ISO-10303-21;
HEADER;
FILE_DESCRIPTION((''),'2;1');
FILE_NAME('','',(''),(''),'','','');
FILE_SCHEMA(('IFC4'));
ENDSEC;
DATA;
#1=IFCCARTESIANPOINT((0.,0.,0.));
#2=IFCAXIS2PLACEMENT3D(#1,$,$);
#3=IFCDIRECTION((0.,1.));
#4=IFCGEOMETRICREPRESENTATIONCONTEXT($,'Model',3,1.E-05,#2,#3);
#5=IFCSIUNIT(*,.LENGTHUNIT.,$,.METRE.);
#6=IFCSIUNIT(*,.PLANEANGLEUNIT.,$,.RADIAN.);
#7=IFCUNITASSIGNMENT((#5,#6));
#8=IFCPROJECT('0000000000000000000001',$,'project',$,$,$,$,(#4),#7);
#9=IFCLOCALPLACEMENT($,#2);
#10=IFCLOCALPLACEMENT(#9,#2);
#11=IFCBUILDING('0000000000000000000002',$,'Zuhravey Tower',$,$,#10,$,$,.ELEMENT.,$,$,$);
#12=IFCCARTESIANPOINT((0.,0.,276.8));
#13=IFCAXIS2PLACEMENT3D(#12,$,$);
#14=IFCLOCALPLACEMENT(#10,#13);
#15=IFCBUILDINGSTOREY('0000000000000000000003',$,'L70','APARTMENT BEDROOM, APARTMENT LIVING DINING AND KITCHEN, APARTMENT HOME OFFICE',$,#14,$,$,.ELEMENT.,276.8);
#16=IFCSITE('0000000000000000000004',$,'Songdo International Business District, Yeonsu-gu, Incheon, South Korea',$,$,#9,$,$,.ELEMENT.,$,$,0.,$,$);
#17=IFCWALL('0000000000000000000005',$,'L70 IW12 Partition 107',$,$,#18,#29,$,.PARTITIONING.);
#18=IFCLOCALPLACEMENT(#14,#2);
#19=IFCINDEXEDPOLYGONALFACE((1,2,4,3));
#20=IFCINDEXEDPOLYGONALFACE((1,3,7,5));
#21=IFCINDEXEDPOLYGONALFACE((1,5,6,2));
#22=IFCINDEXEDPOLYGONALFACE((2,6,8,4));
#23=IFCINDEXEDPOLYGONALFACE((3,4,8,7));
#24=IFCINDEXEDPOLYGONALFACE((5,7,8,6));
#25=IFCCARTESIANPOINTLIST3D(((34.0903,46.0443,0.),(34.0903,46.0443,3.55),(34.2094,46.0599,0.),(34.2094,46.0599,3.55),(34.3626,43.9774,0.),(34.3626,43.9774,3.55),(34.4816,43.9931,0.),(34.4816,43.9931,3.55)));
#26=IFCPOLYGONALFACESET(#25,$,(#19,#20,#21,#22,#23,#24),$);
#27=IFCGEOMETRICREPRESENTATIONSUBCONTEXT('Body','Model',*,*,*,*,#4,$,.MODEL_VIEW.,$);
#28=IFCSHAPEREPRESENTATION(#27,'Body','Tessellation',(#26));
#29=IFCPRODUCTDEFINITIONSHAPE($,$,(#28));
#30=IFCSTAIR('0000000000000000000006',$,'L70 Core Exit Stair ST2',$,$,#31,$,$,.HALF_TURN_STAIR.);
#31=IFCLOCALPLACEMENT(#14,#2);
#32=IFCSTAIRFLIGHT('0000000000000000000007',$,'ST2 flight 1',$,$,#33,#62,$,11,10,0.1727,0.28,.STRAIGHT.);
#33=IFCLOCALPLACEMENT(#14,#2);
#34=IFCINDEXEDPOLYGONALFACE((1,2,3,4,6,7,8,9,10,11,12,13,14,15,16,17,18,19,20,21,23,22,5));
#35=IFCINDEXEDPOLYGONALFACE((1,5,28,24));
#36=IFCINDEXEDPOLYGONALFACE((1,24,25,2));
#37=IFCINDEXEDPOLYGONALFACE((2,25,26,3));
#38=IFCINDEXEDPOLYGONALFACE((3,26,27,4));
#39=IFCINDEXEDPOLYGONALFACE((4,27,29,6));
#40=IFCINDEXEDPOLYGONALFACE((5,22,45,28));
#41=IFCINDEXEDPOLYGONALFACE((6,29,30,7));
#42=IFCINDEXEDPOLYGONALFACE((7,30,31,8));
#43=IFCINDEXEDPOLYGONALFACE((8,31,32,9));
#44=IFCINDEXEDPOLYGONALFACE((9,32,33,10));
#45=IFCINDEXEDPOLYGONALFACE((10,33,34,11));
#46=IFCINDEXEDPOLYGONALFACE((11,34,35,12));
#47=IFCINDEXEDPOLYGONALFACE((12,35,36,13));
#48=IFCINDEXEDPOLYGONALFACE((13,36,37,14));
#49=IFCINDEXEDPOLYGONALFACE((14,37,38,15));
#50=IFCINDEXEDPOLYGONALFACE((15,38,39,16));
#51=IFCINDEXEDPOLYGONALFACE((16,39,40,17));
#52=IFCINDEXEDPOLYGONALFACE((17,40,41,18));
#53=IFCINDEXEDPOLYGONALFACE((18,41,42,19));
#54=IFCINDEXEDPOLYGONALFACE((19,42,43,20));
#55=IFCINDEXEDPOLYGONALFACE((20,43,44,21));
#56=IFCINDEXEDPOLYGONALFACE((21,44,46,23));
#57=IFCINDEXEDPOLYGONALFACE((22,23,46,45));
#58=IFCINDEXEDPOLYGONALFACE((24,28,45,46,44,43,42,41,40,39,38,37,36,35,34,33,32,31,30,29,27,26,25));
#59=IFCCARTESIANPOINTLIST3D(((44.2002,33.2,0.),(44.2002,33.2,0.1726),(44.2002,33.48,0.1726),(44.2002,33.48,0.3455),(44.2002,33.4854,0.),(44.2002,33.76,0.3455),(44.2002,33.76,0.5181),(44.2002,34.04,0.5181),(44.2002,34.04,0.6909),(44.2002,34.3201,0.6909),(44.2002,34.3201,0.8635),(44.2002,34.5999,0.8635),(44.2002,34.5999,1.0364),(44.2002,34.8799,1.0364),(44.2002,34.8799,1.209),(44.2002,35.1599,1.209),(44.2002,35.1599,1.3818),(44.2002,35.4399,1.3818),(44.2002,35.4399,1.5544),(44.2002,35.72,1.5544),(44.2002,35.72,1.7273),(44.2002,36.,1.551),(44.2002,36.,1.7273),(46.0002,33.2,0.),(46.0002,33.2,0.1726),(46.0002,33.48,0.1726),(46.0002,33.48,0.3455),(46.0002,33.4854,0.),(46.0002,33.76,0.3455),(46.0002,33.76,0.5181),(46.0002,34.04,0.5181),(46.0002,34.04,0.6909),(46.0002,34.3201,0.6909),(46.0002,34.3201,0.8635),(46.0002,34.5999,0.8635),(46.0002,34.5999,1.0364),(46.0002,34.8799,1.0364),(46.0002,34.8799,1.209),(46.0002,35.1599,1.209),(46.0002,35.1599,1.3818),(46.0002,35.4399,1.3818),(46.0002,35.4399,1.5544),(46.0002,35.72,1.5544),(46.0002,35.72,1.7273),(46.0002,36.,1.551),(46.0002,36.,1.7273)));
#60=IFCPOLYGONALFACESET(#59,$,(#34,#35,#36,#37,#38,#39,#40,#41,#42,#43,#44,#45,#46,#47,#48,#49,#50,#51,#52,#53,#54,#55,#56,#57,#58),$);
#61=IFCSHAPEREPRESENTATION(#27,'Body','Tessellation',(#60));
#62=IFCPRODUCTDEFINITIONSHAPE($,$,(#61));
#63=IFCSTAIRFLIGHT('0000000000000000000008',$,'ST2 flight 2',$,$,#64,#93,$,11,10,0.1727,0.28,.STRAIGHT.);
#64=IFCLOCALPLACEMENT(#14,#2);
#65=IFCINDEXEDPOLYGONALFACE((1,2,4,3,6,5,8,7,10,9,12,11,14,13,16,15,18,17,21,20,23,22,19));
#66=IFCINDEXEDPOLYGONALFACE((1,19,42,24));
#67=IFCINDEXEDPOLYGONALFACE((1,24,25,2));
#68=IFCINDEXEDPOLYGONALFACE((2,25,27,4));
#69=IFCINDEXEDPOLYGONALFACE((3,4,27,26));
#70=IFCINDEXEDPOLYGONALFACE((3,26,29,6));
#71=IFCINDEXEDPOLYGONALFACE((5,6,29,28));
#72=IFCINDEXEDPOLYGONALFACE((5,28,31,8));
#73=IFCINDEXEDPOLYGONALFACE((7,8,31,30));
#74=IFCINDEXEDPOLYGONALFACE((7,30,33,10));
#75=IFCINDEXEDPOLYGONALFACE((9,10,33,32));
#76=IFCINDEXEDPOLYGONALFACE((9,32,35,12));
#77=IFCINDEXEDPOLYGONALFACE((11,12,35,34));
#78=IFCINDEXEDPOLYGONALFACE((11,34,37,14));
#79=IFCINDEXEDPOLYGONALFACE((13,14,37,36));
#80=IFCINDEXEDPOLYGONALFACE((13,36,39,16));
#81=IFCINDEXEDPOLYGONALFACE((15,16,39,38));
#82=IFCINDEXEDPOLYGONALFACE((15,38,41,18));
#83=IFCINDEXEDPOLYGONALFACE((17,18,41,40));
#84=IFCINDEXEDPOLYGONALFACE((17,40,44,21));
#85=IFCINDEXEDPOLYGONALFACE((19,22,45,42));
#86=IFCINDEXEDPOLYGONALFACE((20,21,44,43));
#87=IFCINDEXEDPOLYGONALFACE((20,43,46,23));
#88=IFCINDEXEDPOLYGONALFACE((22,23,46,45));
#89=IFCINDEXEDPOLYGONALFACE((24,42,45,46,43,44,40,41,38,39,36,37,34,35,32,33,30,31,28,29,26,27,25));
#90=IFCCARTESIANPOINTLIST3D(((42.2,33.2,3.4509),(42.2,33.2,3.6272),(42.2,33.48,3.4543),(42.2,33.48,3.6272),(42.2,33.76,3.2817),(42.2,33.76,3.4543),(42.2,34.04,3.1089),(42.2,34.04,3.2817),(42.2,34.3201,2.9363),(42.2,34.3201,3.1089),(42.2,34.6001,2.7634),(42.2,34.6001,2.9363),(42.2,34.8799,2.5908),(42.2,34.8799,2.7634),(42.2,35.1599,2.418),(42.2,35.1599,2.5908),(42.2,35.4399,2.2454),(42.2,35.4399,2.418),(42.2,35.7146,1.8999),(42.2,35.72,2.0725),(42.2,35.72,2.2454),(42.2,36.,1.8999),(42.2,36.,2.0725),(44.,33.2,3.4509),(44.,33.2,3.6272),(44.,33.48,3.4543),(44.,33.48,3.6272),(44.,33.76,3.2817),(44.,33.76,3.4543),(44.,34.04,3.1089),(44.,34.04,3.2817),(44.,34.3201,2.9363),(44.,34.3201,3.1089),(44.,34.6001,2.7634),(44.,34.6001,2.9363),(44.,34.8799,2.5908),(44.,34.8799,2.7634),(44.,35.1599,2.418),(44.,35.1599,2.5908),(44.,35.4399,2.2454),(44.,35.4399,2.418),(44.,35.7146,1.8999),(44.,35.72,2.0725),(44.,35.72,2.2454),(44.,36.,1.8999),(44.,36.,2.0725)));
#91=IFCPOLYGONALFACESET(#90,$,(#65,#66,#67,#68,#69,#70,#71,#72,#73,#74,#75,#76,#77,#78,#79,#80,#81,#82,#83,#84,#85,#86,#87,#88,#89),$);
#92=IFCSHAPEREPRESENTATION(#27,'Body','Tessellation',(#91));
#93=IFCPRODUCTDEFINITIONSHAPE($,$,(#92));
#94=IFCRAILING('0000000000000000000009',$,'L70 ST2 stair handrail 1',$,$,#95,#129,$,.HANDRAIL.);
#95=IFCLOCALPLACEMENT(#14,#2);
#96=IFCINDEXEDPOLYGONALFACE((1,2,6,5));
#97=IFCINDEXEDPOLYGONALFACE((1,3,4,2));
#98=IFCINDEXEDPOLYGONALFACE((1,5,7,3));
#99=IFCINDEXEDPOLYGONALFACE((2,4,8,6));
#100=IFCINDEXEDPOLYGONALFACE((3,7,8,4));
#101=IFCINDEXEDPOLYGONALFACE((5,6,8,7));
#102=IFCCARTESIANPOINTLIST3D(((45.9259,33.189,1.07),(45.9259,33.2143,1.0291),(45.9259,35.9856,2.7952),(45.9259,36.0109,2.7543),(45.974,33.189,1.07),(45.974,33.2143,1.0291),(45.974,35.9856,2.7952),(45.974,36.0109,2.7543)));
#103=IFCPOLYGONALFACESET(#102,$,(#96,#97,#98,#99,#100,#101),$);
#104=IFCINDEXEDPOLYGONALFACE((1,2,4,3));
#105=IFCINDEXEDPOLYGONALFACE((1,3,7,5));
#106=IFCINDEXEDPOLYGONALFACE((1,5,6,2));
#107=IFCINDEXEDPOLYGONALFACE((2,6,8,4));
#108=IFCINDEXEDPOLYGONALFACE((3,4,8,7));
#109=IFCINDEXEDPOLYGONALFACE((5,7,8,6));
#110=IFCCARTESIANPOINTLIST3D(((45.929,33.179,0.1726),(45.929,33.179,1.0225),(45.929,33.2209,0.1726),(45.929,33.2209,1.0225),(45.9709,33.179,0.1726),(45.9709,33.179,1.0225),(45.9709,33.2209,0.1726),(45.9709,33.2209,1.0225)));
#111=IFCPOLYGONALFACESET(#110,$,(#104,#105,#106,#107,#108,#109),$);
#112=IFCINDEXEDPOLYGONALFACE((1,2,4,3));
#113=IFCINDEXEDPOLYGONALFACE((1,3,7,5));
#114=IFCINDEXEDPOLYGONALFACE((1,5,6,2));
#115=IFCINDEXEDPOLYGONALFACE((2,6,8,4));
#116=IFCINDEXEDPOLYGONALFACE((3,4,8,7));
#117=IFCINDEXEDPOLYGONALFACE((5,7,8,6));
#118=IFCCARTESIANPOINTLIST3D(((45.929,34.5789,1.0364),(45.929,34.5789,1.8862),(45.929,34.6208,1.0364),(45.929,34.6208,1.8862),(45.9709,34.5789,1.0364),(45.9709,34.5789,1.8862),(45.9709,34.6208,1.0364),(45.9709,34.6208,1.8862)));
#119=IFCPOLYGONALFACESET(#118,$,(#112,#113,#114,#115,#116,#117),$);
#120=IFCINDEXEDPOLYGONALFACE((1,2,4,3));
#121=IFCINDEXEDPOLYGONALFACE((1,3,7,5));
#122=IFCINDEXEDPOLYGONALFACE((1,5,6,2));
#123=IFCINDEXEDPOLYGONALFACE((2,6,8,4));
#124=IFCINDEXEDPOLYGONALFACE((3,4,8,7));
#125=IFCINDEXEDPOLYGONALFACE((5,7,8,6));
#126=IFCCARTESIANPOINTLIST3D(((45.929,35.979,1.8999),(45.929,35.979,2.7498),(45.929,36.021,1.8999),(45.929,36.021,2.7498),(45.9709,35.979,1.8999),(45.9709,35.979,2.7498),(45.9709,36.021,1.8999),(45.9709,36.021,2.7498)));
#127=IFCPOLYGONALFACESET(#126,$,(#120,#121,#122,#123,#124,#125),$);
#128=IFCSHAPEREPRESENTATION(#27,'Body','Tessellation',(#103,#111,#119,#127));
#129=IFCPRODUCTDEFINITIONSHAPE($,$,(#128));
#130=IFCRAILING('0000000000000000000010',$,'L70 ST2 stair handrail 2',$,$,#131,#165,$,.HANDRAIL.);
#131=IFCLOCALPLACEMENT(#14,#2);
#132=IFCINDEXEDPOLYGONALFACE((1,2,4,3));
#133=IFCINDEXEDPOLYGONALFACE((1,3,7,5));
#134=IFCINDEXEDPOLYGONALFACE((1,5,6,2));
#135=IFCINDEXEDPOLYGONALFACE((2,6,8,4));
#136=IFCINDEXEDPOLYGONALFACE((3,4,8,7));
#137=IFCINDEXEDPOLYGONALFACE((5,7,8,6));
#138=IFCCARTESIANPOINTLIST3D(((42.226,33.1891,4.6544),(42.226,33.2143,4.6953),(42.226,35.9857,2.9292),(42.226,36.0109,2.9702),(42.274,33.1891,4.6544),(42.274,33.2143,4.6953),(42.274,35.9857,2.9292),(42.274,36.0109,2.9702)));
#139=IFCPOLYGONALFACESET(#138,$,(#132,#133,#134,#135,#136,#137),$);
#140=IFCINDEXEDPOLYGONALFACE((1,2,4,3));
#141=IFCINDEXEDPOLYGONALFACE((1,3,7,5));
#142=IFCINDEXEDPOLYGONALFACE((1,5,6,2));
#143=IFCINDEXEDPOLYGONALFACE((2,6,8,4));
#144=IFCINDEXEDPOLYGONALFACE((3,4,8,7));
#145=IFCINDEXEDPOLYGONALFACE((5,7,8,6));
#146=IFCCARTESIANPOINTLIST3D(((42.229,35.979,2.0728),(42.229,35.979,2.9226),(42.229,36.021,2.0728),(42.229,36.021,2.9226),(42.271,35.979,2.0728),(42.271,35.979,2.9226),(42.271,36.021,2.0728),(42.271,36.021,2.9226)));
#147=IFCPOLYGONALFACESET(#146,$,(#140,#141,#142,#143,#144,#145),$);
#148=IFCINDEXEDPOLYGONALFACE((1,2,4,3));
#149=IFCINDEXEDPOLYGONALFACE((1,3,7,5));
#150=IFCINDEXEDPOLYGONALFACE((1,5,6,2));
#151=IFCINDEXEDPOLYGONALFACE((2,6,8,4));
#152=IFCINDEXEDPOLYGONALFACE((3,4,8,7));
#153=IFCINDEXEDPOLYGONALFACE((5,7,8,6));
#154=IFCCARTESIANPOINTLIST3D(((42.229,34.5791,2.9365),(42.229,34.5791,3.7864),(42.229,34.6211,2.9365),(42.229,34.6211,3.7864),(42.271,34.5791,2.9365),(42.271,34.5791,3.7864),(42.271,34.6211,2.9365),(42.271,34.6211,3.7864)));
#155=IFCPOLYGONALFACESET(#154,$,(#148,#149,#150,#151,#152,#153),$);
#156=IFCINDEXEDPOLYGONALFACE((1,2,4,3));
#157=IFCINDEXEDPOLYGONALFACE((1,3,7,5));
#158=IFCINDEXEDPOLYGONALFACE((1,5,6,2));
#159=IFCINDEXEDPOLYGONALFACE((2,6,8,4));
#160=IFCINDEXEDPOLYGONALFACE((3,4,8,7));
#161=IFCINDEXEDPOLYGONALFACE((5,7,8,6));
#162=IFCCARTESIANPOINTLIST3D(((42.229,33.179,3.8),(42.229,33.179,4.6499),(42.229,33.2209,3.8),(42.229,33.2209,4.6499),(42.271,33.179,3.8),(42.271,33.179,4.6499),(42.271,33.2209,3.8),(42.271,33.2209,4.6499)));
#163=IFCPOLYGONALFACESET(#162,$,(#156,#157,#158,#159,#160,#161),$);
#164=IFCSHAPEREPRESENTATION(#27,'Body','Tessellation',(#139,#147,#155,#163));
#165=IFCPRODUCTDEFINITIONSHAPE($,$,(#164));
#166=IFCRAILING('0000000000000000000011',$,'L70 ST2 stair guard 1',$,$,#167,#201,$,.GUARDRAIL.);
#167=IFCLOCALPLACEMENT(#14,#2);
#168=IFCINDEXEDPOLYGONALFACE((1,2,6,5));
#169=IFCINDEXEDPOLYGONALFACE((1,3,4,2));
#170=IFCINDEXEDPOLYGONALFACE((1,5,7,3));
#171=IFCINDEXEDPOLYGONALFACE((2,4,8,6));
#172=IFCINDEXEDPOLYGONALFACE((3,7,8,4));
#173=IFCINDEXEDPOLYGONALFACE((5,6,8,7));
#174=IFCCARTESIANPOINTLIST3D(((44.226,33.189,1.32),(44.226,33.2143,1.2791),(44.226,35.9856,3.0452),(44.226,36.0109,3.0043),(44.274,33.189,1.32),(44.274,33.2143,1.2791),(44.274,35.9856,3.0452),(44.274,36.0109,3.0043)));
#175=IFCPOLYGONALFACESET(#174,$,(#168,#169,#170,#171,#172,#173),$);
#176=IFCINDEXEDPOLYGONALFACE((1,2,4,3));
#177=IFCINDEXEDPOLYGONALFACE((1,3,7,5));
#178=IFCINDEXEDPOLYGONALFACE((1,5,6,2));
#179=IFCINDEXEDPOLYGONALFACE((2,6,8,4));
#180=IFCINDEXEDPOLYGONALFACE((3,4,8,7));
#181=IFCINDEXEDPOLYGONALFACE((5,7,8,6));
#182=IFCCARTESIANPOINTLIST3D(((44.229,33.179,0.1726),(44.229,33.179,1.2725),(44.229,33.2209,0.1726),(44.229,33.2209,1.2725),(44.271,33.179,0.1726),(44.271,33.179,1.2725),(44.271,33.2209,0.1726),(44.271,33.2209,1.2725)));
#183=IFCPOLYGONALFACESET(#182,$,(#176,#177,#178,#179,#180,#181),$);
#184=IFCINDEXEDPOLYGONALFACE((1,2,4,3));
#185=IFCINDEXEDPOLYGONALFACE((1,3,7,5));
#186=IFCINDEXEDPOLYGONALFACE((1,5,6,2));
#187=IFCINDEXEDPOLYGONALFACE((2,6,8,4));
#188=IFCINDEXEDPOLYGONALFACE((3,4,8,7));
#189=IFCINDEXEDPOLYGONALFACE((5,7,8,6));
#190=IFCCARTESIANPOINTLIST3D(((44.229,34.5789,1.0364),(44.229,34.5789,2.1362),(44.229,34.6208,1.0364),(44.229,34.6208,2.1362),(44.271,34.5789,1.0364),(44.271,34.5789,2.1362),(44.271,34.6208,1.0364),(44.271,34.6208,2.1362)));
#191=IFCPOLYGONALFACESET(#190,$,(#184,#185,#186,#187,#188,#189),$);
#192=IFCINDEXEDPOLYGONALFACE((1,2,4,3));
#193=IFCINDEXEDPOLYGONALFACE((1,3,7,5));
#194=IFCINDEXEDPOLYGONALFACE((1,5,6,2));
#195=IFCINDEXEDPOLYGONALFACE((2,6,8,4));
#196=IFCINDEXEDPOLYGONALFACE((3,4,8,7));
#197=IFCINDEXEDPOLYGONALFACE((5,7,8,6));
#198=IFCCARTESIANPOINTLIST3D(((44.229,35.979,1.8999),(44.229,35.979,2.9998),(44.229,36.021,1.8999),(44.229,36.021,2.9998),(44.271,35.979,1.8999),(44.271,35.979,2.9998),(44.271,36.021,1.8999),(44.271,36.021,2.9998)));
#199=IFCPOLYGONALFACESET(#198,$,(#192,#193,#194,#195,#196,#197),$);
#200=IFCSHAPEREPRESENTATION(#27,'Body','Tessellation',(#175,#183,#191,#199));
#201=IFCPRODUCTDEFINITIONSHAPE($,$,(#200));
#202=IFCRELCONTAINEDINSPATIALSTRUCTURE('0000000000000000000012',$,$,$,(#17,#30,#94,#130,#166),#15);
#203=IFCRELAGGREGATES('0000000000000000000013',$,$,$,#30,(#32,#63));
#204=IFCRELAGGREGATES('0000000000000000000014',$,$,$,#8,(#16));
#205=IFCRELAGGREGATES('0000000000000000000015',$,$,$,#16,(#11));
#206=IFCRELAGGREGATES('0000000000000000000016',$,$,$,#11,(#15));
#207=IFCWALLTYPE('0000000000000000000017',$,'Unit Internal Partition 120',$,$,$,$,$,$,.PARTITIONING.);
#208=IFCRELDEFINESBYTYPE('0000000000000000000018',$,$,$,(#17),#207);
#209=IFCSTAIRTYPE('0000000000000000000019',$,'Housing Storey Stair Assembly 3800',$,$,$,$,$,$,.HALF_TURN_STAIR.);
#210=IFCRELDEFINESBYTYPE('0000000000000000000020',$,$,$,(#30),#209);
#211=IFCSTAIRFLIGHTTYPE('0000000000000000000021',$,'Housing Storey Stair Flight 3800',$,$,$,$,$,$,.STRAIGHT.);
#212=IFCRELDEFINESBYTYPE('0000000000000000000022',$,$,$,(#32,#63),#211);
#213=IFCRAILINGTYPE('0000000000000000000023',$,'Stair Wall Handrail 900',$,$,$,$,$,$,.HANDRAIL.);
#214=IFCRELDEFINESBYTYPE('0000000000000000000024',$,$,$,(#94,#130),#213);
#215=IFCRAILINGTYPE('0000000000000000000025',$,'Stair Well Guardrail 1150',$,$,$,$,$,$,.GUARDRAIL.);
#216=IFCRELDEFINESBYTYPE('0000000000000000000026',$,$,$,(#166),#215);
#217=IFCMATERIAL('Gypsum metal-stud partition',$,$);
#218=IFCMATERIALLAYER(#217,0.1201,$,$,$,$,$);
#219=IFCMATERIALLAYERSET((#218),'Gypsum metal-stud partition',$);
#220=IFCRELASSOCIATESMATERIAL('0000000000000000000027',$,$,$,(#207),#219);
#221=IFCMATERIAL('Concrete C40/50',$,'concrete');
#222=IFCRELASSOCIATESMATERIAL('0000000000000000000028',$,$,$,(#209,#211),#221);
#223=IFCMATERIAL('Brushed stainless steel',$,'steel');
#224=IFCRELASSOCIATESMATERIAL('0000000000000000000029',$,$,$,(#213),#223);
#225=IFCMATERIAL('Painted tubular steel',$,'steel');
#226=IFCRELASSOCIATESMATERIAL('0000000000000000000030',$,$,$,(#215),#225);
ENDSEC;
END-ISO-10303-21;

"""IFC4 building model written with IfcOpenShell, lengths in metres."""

from ifc_helpers import new_model, si_unit, direction, frame, frame_2d, origin, origin_2d, place, context, subcontext, project, spatial, polyline, rectangle, outline, extrude, material, layer, layer_set, type_object, element, aggregate, save


model = new_model("IFC4")

# Units and contexts
model_context = context("Model", 3, precision=1e-05, world=origin(), true_north=direction((0.0, 1.0)))
body_context = subcontext(model_context, "Body", "Model", "MODEL_VIEW")
ifc_project = project(units=[si_unit("LENGTHUNIT", "METRE"), si_unit("PLANEANGLEUNIT", "RADIAN")], contexts=[model_context])

# Site, building, storey
site_placement = place(None, origin())
site = spatial("IfcSite", under=ifc_project, at=site_placement, Name="Songdo International Business District, Yeonsu-gu, Incheon, South Korea", CompositionType="ELEMENT", RefElevation=0.0)
building_placement = place(site_placement, origin())
building = spatial("IfcBuilding", under=site, at=building_placement, Name="Zuhravey Tower", CompositionType="ELEMENT")
storey_placement = place(building_placement, frame((0.0, 0.0, 276.8)))
storey = spatial("IfcBuildingStorey", under=building, at=storey_placement, Name="L70", Description="APARTMENT BEDROOM, APARTMENT LIVING DINING AND KITCHEN, APARTMENT HOME OFFICE", CompositionType="ELEMENT", Elevation=276.8)

# Wall
ifc_material_1 = material(Name="Gypsum metal-stud partition")
ifc_layer_1 = layer(ifc_material_1, 0.1201)
ifc_layer_set_1 = layer_set([ifc_layer_1], Name="Gypsum metal-stud partition")
wall_type_1 = type_object("IfcWallType", Name="Unit Internal Partition 120", PredefinedType="PARTITIONING", material=ifc_layer_set_1)
wall_1_placement = place(storey_placement, frame((34.4221, 43.9851, 0.0), z_axis=(0.0, 0.0, 1.0), x_axis=(-0.130576, 0.991438, 0.0)))
element("IfcWall", 1, at=wall_1_placement, inside=storey, type_object=wall_type_1, Name="L70 IW12 Partition 107", PredefinedType="PARTITIONING", context=body_context, shape_type="SweptSolid", body=[
    extrude(rectangle(XDim=2.0847, YDim=0.1201, at=frame_2d((1.0425, 0.0))), origin(), (0.0, 0.0, 1.0), 3.55),
])

# Stair, stair flights
ifc_material_2 = material(Name="Concrete C40/50", Category="concrete")
stair_type = type_object("IfcStairType", Name="Housing Storey Stair Assembly 3800", PredefinedType="HALF_TURN_STAIR", material=ifc_material_2)
stair_placement = place(storey_placement, origin())
stair = element("IfcStair", 2, at=stair_placement, inside=storey, type_object=stair_type, Name="L70 Core Exit Stair ST2", PredefinedType="HALF_TURN_STAIR")
stair_flight_type = type_object("IfcStairFlightType", Name="Housing Storey Stair Flight 3800", PredefinedType="STRAIGHT", material=ifc_material_2)
stair_flight_1_placement = place(storey_placement, frame((45.1001, 33.2, 0.0), z_axis=(0.0, 0.0, 1.0), x_axis=(0.0, 1.0, 0.0)))
stair_flight_1 = element("IfcStairFlight", 3, at=stair_flight_1_placement, type_object=stair_flight_type, Name="ST2 flight 1", NumberOfRisers=11, NumberOfTreads=10, PredefinedType="STRAIGHT", RiserHeight=0.1727, TreadLength=0.28, context=body_context, shape_type="SweptSolid", body=[
    extrude(outline(polyline([(0.0, 0.0), (0.0, 0.1726), (0.28, 0.1726), (0.28, 0.3455), (0.5601, 0.3455), (0.5601, 0.5181), (0.8401, 0.5181), (0.8401, 0.6909), (1.1201, 0.6909), (1.1201, 0.8635), (1.3999, 0.8635), (1.3999, 1.0364), (1.6799, 1.0364), (1.6799, 1.209), (1.96, 1.209), (1.96, 1.3818), (2.24, 1.3818), (2.24, 1.5544), (2.52, 1.5544), (2.52, 1.7273), (2.8, 1.7273), (2.8, 1.8999), (2.8, 1.551), (0.2854, 0.0), (0.0, 0.0)])), frame((0.0, 0.8999, 0.0), z_axis=(0.0, -1.0, 0.0), x_axis=(1.0, 0.0, 0.0)), (0.0, 0.0, 1.0), 1.8),
])
stair_flight_2_placement = place(storey_placement, frame((43.1001, 36.0, 1.8999), z_axis=(0.0, 0.0, 1.0), x_axis=(0.0, -1.0, 0.0)))
stair_flight_2 = element("IfcStairFlight", 4, at=stair_flight_2_placement, type_object=stair_flight_type, Name="ST2 flight 2", NumberOfRisers=11, NumberOfTreads=10, PredefinedType="STRAIGHT", RiserHeight=0.1727, TreadLength=0.28, context=body_context, shape_type="SweptSolid", body=[
    extrude(outline(polyline([(0.0, 0.0), (0.0, 0.1726), (0.28, 0.1726), (0.28, 0.3455), (0.5601, 0.3455), (0.5601, 0.5181), (0.8401, 0.5181), (0.8401, 0.6909), (1.1201, 0.6909), (1.1201, 0.8635), (1.3999, 0.8635), (1.3999, 1.0364), (1.6799, 1.0364), (1.6799, 1.209), (1.96, 1.209), (1.96, 1.3818), (2.24, 1.3818), (2.24, 1.5544), (2.52, 1.5544), (2.52, 1.7273), (2.8, 1.7273), (2.8, 1.8999), (2.8, 1.551), (0.2854, 0.0), (0.0, 0.0)])), frame((0.0, 0.8999, 0.0), z_axis=(0.0, -1.0, 0.0), x_axis=(1.0, 0.0, 0.0)), (0.0, 0.0, 1.0), 1.8),
])
aggregate(stair, [stair_flight_1, stair_flight_2])

# Railings
ifc_material_3 = material(Name="Brushed stainless steel", Category="steel")
railing_type_1 = type_object("IfcRailingType", Name="Stair Wall Handrail 900", PredefinedType="HANDRAIL", material=ifc_material_3)
railing_1_placement = place(storey_placement, frame((45.95, 33.2, 0.1726)))
element("IfcRailing", 5, at=railing_1_placement, inside=storey, type_object=railing_type_1, Name="L70 ST2 stair handrail 1", PredefinedType="HANDRAIL", context=body_context, shape_type="SweptSolid", body=[
    extrude(rectangle(XDim=0.0481, YDim=0.0481, at=origin_2d()), frame((0.0, 0.0017, 0.877), z_axis=(0.0, 0.85109, 0.52502), x_axis=(-1.0, 0.0, 0.0)), (0.0, 0.0, 1.0), 3.2859),
    extrude(rectangle(XDim=0.042, YDim=0.042, at=origin_2d()), origin(), (0.0, 0.0, 1.0), 0.8499),
    extrude(rectangle(XDim=0.042, YDim=0.042, at=origin_2d()), frame((0.0, 1.3999, 0.8638)), (0.0, 0.0, 1.0), 0.8499),
    extrude(rectangle(XDim=0.042, YDim=0.042, at=origin_2d()), frame((0.0, 2.8, 1.7273)), (0.0, 0.0, 1.0), 0.8499),
])
railing_2_placement = place(storey_placement, frame((42.25, 36.0, 2.0728)))
element("IfcRailing", 6, at=railing_2_placement, inside=storey, type_object=railing_type_1, Name="L70 ST2 stair handrail 2", PredefinedType="HANDRAIL", context=body_context, shape_type="SweptSolid", body=[
    extrude(rectangle(XDim=0.0481, YDim=0.0481, at=origin_2d()), frame((0.0, -0.0017, 0.877), z_axis=(0.0, -0.85109, 0.52502), x_axis=(1.0, 0.0, 0.0)), (0.0, 0.0, 1.0), 3.2859),
    extrude(rectangle(XDim=0.042, YDim=0.042, at=origin_2d()), origin(), (0.0, 0.0, 1.0), 0.8499),
    extrude(rectangle(XDim=0.042, YDim=0.042, at=origin_2d()), frame((0.0, -1.3999, 0.8638)), (0.0, 0.0, 1.0), 0.8499),
    extrude(rectangle(XDim=0.042, YDim=0.042, at=origin_2d()), frame((0.0, -2.8, 1.7273)), (0.0, 0.0, 1.0), 0.8499),
])
ifc_material_4 = material(Name="Painted tubular steel", Category="steel")
railing_type_2 = type_object("IfcRailingType", Name="Stair Well Guardrail 1150", PredefinedType="GUARDRAIL", material=ifc_material_4)
railing_3_placement = place(storey_placement, frame((44.25, 33.2, 0.1726)))
element("IfcRailing", 7, at=railing_3_placement, inside=storey, type_object=railing_type_2, Name="L70 ST2 stair guard 1", PredefinedType="GUARDRAIL", context=body_context, shape_type="SweptSolid", body=[
    extrude(rectangle(XDim=0.0481, YDim=0.0481, at=origin_2d()), frame((0.0, 0.0017, 1.127), z_axis=(0.0, 0.85109, 0.52502), x_axis=(-1.0, 0.0, 0.0)), (0.0, 0.0, 1.0), 3.2859),
    extrude(rectangle(XDim=0.042, YDim=0.042, at=origin_2d()), origin(), (0.0, 0.0, 1.0), 1.0999),
    extrude(rectangle(XDim=0.042, YDim=0.042, at=origin_2d()), frame((0.0, 1.3999, 0.8638)), (0.0, 0.0, 1.0), 1.0999),
    extrude(rectangle(XDim=0.042, YDim=0.042, at=origin_2d()), frame((0.0, 2.8, 1.7273)), (0.0, 0.0, 1.0), 1.0999),
])

save(model, "model.ifc")
